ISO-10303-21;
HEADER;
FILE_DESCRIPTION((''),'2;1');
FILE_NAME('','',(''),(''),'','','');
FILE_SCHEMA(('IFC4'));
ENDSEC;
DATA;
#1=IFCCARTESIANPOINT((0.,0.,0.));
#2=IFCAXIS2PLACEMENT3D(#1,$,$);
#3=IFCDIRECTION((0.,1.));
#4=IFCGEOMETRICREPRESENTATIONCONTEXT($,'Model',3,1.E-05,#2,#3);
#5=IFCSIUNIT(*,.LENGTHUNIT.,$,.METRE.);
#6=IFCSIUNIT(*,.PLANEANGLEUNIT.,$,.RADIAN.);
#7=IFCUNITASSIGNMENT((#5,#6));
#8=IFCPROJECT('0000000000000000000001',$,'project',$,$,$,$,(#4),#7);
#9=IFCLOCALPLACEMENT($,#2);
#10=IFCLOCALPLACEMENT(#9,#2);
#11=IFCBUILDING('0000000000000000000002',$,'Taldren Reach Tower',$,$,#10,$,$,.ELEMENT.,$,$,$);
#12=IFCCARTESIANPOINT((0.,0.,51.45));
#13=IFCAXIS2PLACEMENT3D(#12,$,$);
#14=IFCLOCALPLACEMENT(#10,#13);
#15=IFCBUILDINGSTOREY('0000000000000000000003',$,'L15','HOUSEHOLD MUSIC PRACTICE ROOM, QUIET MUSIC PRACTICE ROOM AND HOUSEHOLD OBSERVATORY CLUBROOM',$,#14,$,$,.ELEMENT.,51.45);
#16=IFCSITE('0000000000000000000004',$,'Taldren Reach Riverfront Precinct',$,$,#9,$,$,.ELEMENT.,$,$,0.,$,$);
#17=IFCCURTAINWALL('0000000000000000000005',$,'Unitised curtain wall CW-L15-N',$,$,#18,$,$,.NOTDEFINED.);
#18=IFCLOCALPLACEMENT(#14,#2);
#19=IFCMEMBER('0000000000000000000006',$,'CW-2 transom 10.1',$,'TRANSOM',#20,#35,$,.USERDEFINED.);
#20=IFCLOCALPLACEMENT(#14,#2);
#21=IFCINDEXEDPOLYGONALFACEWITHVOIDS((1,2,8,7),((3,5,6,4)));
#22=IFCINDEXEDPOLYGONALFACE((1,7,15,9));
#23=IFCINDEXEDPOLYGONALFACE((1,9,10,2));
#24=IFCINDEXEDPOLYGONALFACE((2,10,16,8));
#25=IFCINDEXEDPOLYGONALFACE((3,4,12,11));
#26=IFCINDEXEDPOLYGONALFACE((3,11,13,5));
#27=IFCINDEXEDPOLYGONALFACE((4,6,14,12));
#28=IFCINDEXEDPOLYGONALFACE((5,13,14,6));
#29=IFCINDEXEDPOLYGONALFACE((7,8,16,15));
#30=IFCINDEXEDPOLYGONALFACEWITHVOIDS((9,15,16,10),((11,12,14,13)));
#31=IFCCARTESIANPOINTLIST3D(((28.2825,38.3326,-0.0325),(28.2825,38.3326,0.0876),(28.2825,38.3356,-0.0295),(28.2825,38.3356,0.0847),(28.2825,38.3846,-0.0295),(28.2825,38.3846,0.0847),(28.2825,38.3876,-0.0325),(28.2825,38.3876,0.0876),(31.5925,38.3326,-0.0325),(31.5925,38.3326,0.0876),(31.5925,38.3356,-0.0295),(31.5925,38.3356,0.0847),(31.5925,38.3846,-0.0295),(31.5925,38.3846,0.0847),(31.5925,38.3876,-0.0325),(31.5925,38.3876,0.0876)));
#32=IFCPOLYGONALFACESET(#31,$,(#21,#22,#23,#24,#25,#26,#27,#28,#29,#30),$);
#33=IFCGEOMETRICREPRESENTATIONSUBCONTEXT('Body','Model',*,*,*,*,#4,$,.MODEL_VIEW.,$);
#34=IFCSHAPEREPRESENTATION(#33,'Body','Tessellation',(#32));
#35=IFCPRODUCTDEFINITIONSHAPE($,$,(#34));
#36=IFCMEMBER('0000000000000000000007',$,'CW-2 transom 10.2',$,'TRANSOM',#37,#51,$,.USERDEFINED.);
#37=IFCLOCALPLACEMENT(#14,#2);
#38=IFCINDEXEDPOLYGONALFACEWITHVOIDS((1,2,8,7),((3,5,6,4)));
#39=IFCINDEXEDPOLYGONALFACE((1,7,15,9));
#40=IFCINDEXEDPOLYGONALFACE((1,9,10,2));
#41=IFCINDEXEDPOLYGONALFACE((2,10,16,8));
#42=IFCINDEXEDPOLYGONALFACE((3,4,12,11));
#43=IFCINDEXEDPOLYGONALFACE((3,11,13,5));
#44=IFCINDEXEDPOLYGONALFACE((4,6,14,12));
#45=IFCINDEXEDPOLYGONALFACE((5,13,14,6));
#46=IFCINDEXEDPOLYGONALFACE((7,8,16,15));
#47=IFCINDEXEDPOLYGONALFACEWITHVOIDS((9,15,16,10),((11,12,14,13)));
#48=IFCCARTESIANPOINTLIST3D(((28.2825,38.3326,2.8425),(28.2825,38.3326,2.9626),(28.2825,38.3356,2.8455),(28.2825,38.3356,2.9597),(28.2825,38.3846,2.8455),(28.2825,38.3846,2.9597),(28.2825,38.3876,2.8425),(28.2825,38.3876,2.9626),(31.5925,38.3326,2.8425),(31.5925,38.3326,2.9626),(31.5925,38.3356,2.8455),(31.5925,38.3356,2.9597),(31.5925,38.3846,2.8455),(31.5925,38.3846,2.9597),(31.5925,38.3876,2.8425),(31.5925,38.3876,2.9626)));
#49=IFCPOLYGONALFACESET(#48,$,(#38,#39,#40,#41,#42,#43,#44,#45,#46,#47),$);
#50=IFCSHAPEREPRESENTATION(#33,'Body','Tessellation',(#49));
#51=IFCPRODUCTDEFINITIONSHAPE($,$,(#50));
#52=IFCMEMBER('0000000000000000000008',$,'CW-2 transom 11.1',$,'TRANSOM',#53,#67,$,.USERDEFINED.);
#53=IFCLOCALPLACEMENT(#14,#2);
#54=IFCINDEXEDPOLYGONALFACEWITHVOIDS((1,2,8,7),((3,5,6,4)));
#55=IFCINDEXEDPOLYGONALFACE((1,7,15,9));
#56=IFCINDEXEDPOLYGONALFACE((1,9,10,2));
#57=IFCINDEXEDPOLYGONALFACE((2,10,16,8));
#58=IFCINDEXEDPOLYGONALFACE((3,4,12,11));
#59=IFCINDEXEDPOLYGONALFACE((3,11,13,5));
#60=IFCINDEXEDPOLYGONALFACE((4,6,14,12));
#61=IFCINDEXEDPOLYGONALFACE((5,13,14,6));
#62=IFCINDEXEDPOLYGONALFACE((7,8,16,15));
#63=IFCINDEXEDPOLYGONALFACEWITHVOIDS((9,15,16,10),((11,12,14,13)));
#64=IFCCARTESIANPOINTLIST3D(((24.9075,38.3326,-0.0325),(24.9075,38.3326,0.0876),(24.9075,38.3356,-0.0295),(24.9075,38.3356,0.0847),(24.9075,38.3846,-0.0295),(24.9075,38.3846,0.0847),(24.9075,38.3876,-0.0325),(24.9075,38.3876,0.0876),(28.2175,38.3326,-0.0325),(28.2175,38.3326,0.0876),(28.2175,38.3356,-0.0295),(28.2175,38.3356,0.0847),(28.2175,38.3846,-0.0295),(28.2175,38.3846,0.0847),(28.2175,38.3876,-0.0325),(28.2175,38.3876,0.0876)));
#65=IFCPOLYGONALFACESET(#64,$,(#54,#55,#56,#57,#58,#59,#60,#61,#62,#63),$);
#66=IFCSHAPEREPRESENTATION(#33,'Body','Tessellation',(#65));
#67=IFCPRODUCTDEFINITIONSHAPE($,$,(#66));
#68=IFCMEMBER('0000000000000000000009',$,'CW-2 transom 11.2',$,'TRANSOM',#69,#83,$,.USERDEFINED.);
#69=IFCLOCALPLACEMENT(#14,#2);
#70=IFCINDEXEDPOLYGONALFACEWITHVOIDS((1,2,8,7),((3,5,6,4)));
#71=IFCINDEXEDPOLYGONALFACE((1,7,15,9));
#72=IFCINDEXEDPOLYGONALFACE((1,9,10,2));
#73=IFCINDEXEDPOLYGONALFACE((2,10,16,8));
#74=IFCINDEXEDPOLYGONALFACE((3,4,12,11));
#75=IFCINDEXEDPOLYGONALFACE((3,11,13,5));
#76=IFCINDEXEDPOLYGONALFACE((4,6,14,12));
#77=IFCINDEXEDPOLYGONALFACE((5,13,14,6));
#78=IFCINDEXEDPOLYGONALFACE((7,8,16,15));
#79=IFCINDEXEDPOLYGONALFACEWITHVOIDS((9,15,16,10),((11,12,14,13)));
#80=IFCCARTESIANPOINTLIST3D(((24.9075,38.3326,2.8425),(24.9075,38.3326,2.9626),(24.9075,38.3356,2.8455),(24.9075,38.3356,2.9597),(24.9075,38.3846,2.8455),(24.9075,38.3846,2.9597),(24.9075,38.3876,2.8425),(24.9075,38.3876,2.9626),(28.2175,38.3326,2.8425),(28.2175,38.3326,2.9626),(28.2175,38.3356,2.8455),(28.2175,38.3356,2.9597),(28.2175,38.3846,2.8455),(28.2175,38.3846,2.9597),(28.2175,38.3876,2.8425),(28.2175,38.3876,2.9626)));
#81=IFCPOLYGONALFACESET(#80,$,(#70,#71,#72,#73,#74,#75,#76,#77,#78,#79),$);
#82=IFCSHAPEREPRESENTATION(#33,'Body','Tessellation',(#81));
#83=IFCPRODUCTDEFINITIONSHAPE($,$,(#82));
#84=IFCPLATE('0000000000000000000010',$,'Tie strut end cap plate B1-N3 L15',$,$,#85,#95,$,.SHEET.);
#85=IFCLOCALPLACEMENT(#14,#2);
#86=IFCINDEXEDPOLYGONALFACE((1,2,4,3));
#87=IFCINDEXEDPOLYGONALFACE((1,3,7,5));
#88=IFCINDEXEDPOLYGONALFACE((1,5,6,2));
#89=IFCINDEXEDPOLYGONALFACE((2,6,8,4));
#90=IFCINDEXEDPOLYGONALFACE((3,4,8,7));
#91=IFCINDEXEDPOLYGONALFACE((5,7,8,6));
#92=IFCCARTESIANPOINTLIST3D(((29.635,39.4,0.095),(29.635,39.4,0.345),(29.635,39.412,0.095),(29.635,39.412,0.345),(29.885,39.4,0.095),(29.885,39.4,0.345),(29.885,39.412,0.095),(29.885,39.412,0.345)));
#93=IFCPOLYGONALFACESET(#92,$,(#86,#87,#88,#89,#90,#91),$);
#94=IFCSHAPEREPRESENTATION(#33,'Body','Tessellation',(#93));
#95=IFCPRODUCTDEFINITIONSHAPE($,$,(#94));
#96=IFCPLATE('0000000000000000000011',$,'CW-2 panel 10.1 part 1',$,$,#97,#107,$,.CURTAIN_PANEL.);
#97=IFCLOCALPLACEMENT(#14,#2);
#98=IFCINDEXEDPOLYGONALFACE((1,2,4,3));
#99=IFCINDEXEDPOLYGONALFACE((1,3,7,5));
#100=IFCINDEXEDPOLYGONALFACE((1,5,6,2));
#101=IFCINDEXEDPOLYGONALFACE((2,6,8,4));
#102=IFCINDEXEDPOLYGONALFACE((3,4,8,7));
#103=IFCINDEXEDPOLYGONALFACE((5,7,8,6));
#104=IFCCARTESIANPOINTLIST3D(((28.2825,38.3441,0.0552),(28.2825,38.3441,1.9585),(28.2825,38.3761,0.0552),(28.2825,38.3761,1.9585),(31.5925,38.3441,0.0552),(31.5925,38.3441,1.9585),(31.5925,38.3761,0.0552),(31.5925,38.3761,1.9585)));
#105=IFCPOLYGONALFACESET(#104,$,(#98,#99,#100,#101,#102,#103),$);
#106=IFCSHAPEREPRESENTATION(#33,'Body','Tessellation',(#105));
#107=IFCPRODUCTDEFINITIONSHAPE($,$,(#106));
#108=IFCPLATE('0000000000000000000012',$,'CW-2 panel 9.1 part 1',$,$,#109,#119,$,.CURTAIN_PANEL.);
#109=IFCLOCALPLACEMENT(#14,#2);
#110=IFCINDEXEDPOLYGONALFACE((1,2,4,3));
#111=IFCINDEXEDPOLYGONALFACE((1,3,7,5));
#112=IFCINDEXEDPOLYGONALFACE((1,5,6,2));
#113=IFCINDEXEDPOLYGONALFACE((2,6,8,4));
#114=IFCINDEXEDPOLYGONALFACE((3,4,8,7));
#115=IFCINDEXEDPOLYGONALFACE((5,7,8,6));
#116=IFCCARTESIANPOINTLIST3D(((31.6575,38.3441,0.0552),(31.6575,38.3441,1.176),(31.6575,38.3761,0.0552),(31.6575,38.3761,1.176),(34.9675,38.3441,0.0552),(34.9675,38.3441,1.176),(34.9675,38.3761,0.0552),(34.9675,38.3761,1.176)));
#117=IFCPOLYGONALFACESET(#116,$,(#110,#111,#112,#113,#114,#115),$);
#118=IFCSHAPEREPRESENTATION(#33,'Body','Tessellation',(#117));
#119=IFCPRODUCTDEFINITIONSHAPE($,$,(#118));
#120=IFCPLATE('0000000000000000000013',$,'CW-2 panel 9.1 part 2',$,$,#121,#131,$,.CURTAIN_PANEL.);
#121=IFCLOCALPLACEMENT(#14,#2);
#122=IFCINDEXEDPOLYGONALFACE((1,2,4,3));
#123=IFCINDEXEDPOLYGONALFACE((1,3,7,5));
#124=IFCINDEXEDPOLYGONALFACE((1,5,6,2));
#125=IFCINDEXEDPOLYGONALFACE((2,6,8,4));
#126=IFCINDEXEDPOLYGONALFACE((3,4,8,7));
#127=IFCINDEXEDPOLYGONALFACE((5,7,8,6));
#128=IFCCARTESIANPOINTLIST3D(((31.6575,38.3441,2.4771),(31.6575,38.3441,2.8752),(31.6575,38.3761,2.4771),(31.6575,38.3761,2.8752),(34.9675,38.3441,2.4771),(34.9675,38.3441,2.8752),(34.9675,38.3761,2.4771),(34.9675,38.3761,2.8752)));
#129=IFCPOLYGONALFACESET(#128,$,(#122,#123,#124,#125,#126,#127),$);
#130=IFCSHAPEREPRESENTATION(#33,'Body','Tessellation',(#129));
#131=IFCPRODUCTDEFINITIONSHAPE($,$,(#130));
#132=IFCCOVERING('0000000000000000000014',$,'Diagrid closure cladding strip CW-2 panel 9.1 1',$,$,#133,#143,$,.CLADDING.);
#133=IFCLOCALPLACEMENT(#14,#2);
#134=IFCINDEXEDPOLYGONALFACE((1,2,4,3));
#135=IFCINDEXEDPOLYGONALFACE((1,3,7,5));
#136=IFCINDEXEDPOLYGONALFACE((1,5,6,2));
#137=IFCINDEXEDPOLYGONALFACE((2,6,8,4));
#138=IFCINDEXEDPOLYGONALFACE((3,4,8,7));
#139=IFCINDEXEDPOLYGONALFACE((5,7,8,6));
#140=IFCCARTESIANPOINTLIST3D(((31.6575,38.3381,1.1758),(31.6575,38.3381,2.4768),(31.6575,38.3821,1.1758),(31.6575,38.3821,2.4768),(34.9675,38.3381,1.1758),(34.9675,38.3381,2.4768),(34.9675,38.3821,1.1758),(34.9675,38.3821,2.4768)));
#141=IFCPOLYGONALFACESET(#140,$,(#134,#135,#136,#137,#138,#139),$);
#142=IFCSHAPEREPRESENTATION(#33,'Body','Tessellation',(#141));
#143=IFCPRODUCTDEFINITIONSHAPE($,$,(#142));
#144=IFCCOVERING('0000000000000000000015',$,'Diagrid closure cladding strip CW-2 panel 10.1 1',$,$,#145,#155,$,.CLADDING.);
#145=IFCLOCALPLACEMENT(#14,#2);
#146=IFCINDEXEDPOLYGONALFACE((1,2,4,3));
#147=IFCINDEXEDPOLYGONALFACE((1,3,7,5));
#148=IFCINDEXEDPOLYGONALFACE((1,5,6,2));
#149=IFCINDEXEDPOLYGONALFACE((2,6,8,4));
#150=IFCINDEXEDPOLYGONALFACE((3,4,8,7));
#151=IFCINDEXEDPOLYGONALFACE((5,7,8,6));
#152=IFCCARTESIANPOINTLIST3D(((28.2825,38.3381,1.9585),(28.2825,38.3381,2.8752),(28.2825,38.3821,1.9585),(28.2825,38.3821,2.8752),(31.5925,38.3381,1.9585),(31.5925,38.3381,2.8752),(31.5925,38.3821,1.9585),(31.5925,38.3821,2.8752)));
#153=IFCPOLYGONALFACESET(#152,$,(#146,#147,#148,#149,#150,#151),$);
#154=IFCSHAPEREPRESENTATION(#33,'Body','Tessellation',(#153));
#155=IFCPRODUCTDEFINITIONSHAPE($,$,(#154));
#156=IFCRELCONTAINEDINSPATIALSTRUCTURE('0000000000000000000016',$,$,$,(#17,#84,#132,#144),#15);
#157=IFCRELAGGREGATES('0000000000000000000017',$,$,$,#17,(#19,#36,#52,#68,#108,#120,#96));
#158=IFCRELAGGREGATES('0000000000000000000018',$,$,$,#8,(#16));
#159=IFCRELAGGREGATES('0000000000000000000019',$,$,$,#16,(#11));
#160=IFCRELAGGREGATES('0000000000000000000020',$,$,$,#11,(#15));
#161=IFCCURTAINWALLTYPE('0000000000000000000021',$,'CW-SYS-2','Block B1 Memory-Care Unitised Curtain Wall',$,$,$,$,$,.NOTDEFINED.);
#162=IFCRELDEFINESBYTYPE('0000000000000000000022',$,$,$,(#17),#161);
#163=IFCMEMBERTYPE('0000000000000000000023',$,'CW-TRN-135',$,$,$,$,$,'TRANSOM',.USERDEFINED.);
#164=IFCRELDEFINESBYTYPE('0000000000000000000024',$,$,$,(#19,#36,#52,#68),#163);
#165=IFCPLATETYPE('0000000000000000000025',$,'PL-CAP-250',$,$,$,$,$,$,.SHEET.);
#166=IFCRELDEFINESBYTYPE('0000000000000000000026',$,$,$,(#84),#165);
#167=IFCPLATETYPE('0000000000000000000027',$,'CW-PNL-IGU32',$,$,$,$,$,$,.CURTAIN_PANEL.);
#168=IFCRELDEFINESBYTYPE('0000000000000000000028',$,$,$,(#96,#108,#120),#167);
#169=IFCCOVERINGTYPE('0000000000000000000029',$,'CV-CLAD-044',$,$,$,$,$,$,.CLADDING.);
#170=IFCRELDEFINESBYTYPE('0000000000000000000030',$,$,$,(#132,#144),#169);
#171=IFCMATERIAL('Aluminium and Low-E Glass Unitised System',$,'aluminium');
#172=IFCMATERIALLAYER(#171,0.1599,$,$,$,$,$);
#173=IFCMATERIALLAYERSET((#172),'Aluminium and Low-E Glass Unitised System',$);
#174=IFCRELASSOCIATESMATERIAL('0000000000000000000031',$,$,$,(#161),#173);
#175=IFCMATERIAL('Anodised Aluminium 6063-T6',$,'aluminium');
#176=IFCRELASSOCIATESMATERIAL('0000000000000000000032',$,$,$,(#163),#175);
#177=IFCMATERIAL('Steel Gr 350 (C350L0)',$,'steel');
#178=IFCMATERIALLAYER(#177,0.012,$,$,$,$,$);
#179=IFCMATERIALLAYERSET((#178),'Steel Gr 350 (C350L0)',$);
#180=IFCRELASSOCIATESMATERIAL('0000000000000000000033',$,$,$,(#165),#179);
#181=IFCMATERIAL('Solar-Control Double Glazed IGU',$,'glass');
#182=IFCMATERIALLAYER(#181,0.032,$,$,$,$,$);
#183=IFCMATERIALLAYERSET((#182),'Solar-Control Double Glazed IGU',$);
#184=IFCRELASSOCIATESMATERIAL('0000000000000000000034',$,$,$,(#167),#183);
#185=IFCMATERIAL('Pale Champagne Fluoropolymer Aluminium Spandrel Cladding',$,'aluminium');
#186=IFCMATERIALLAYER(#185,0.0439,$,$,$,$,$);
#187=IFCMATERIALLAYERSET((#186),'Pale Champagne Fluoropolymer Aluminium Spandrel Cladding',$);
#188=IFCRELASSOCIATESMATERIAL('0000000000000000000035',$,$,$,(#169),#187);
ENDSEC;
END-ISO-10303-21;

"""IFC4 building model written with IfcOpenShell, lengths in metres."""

from ifc_helpers import new_model, si_unit, direction, frame, origin, origin_2d, place, context, subcontext, project, spatial, rectangle, hollow_rectangle, extrude, source, transform, mapped, material, layer, layer_set, material_profile, profile_set, type_object, element, aggregate, save


model = new_model("IFC4")

# Units and contexts
model_context = context("Model", 3, precision=1e-05, world=origin(), true_north=direction((0.0, 1.0)))
body_context = subcontext(model_context, "Body", "Model", "MODEL_VIEW")
ifc_project = project(units=[si_unit("LENGTHUNIT", "METRE"), si_unit("PLANEANGLEUNIT", "RADIAN")], contexts=[model_context])

# Site, building, storey
site_placement = place(None, origin())
site = spatial("IfcSite", under=ifc_project, at=site_placement, Name="Taldren Reach Riverfront Precinct", CompositionType="ELEMENT", RefElevation=0.0)
building_placement = place(site_placement, origin())
building = spatial("IfcBuilding", under=site, at=building_placement, Name="Taldren Reach Tower", CompositionType="ELEMENT")
storey_placement = place(building_placement, frame((0.0, 0.0, 51.45)))
storey = spatial("IfcBuildingStorey", under=building, at=storey_placement, Name="L15", Description="HOUSEHOLD MUSIC PRACTICE ROOM, QUIET MUSIC PRACTICE ROOM AND HOUSEHOLD OBSERVATORY CLUBROOM", CompositionType="ELEMENT", Elevation=51.45)

# Shared definitions
ifc_material_1 = material(Name="Steel Gr 350 (C350L0)", Category="steel")

# Curtain wall, members
ifc_material_2 = material(Name="Aluminium and Low-E Glass Unitised System", Category="aluminium")
ifc_layer_1 = layer(ifc_material_2, 0.1599)
ifc_layer_set_1 = layer_set([ifc_layer_1], Name="Aluminium and Low-E Glass Unitised System")
curtain_wall_type = type_object("IfcCurtainWallType", Name="CW-SYS-2", Description="Block B1 Memory-Care Unitised Curtain Wall", PredefinedType="NOTDEFINED", material=ifc_layer_set_1)
curtain_wall_placement = place(storey_placement, origin())
curtain_wall = element("IfcCurtainWall", 1, at=curtain_wall_placement, inside=storey, type_object=curtain_wall_type, Name="Unitised curtain wall CW-L15-N", PredefinedType="NOTDEFINED")
ifc_material_3 = material(Name="Anodised Aluminium 6063-T6", Category="aluminium")
ifc_material_profile_1 = material_profile(ifc_material_3, hollow_rectangle(XDim=0.0549, YDim=0.1201, WallThickness=0.0029, at=origin_2d()), Name="ALU-120x55x3RHS")
ifc_profile_set_1 = profile_set([ifc_material_profile_1], Name="Anodised Aluminium 6063-T6")
member_type_1 = type_object("IfcMemberType", Name="CW-TRN-135", ElementType="TRANSOM", PredefinedType="USERDEFINED", material=ifc_profile_set_1)
shared_shape_1 = source(origin(), body_context, "Body", "SweptSolid", [
    extrude(hollow_rectangle(XDim=0.0549, YDim=0.1201, WallThickness=0.0029, at=origin_2d()), origin(), (0.0, 0.0, 1.0), 3.3101),
])
member_1_placement = place(storey_placement, frame((31.5925, 38.3601, 0.0276), z_axis=(-1.0, 0.0, 0.0), x_axis=(0.0, -1.0, 0.0)))
member_1 = element("IfcMember", 2, at=member_1_placement, type_object=member_type_1, Name="CW-2 transom 10.1", ObjectType="TRANSOM", PredefinedType="USERDEFINED", context=body_context, shape_type="MappedRepresentation", body=[
    mapped(shared_shape_1, transform((0.0, 0.0, 0.0), scale=1.0)),
])
member_2_placement = place(storey_placement, frame((31.5925, 38.3601, 2.9026), z_axis=(-1.0, 0.0, 0.0), x_axis=(0.0, -1.0, 0.0)))
member_2 = element("IfcMember", 3, at=member_2_placement, type_object=member_type_1, Name="CW-2 transom 10.2", ObjectType="TRANSOM", PredefinedType="USERDEFINED", context=body_context, shape_type="MappedRepresentation", body=[
    mapped(shared_shape_1, transform((0.0, 0.0, 0.0), scale=1.0)),
])
member_3_placement = place(storey_placement, frame((28.2175, 38.3601, 0.0276), z_axis=(-1.0, 0.0, 0.0), x_axis=(0.0, -1.0, 0.0)))
member_3 = element("IfcMember", 4, at=member_3_placement, type_object=member_type_1, Name="CW-2 transom 11.1", ObjectType="TRANSOM", PredefinedType="USERDEFINED", context=body_context, shape_type="MappedRepresentation", body=[
    mapped(shared_shape_1, transform((0.0, 0.0, 0.0), scale=1.0)),
])
member_4_placement = place(storey_placement, frame((28.2175, 38.3601, 2.9026), z_axis=(-1.0, 0.0, 0.0), x_axis=(0.0, -1.0, 0.0)))
member_4 = element("IfcMember", 5, at=member_4_placement, type_object=member_type_1, Name="CW-2 transom 11.2", ObjectType="TRANSOM", PredefinedType="USERDEFINED", context=body_context, shape_type="MappedRepresentation", body=[
    mapped(shared_shape_1, transform((0.0, 0.0, 0.0), scale=1.0)),
])

# Plates
ifc_layer_2 = layer(ifc_material_1, 0.012)
ifc_layer_set_2 = layer_set([ifc_layer_2], Name="Steel Gr 350 (C350L0)")
plate_type_1 = type_object("IfcPlateType", Name="PL-CAP-250", PredefinedType="SHEET", material=ifc_layer_set_2)
shared_shape_2 = source(origin(), body_context, "Body", "SweptSolid", [
    extrude(rectangle(XDim=0.25, YDim=0.012, at=origin_2d()), origin(), (0.0, 0.0, 1.0), 0.25),
])
plate_1_placement = place(storey_placement, frame((29.76, 39.406, 0.095), z_axis=(0.0, 0.0, 1.0), x_axis=(1.0, 0.0, 0.0)))
element("IfcPlate", 6, at=plate_1_placement, inside=storey, type_object=plate_type_1, Name="Tie strut end cap plate B1-N3 L15", PredefinedType="SHEET", context=body_context, shape_type="MappedRepresentation", body=[
    mapped(shared_shape_2, transform((0.0, 0.0, 0.0), scale=1.0)),
])
ifc_material_4 = material(Name="Solar-Control Double Glazed IGU", Category="glass")
ifc_layer_3 = layer(ifc_material_4, 0.032)
ifc_layer_set_3 = layer_set([ifc_layer_3], Name="Solar-Control Double Glazed IGU")
plate_type_2 = type_object("IfcPlateType", Name="CW-PNL-IGU32", PredefinedType="CURTAIN_PANEL", material=ifc_layer_set_3)
shared_shape_3 = source(origin(), body_context, "Body", "SweptSolid", [
    extrude(rectangle(XDim=3.3101, YDim=0.032, at=origin_2d()), origin(), (0.0, 0.0, 1.0), 1.9033),
])
plate_2_placement = place(storey_placement, frame((29.9375, 38.3601, 0.0552), z_axis=(0.0, 0.0, 1.0), x_axis=(-1.0, 0.0, 0.0)))
plate_2 = element("IfcPlate", 7, at=plate_2_placement, type_object=plate_type_2, Name="CW-2 panel 10.1 part 1", PredefinedType="CURTAIN_PANEL", context=body_context, shape_type="MappedRepresentation", body=[
    mapped(shared_shape_3, transform((0.0, 0.0, 0.0), scale=1.0)),
])
shared_shape_4 = source(origin(), body_context, "Body", "SweptSolid", [
    extrude(rectangle(XDim=3.3101, YDim=0.032, at=origin_2d()), origin(), (0.0, 0.0, 1.0), 1.1208),
])
plate_3_placement = place(storey_placement, frame((33.3125, 38.3601, 0.0552), z_axis=(0.0, 0.0, 1.0), x_axis=(-1.0, 0.0, 0.0)))
plate_3 = element("IfcPlate", 8, at=plate_3_placement, type_object=plate_type_2, Name="CW-2 panel 9.1 part 1", PredefinedType="CURTAIN_PANEL", context=body_context, shape_type="MappedRepresentation", body=[
    mapped(shared_shape_4, transform((0.0, 0.0, 0.0), scale=1.0)),
])
shared_shape_5 = source(origin(), body_context, "Body", "SweptSolid", [
    extrude(rectangle(XDim=3.3101, YDim=0.032, at=origin_2d()), origin(), (0.0, 0.0, 1.0), 0.3982),
])
plate_4_placement = place(storey_placement, frame((33.3125, 38.3601, 2.4771), z_axis=(0.0, 0.0, 1.0), x_axis=(-1.0, 0.0, 0.0)))
plate_4 = element("IfcPlate", 9, at=plate_4_placement, type_object=plate_type_2, Name="CW-2 panel 9.1 part 2", PredefinedType="CURTAIN_PANEL", context=body_context, shape_type="MappedRepresentation", body=[
    mapped(shared_shape_5, transform((0.0, 0.0, 0.0), scale=1.0)),
])
aggregate(curtain_wall, [member_1, member_2, member_3, member_4, plate_3, plate_4, plate_2])

# Coverings
ifc_material_5 = material(Name="Pale Champagne Fluoropolymer Aluminium Spandrel Cladding", Category="aluminium")
ifc_layer_4 = layer(ifc_material_5, 0.0439)
ifc_layer_set_4 = layer_set([ifc_layer_4], Name="Pale Champagne Fluoropolymer Aluminium Spandrel Cladding")
covering_type = type_object("IfcCoveringType", Name="CV-CLAD-044", PredefinedType="CLADDING", material=ifc_layer_set_4)
shared_shape_6 = source(origin(), body_context, "Body", "SweptSolid", [
    extrude(rectangle(XDim=3.3101, YDim=0.0439, at=origin_2d()), origin(), (0.0, 0.0, 1.0), 1.301),
])
covering_1_placement = place(storey_placement, frame((33.3125, 38.3601, 1.1758), z_axis=(0.0, 0.0, 1.0), x_axis=(-1.0, 0.0, 0.0)))
element("IfcCovering", 10, at=covering_1_placement, inside=storey, type_object=covering_type, Name="Diagrid closure cladding strip CW-2 panel 9.1 1", PredefinedType="CLADDING", context=body_context, shape_type="MappedRepresentation", body=[
    mapped(shared_shape_6, transform((0.0, 0.0, 0.0), scale=1.0)),
])
shared_shape_7 = source(origin(), body_context, "Body", "SweptSolid", [
    extrude(rectangle(XDim=3.3101, YDim=0.0439, at=origin_2d()), origin(), (0.0, 0.0, 1.0), 0.9167),
])
covering_2_placement = place(storey_placement, frame((29.9375, 38.3601, 1.9585), z_axis=(0.0, 0.0, 1.0), x_axis=(-1.0, 0.0, 0.0)))
element("IfcCovering", 11, at=covering_2_placement, inside=storey, type_object=covering_type, Name="Diagrid closure cladding strip CW-2 panel 10.1 1", PredefinedType="CLADDING", context=body_context, shape_type="MappedRepresentation", body=[
    mapped(shared_shape_7, transform((0.0, 0.0, 0.0), scale=1.0)),
])

save(model, "model.ifc")
